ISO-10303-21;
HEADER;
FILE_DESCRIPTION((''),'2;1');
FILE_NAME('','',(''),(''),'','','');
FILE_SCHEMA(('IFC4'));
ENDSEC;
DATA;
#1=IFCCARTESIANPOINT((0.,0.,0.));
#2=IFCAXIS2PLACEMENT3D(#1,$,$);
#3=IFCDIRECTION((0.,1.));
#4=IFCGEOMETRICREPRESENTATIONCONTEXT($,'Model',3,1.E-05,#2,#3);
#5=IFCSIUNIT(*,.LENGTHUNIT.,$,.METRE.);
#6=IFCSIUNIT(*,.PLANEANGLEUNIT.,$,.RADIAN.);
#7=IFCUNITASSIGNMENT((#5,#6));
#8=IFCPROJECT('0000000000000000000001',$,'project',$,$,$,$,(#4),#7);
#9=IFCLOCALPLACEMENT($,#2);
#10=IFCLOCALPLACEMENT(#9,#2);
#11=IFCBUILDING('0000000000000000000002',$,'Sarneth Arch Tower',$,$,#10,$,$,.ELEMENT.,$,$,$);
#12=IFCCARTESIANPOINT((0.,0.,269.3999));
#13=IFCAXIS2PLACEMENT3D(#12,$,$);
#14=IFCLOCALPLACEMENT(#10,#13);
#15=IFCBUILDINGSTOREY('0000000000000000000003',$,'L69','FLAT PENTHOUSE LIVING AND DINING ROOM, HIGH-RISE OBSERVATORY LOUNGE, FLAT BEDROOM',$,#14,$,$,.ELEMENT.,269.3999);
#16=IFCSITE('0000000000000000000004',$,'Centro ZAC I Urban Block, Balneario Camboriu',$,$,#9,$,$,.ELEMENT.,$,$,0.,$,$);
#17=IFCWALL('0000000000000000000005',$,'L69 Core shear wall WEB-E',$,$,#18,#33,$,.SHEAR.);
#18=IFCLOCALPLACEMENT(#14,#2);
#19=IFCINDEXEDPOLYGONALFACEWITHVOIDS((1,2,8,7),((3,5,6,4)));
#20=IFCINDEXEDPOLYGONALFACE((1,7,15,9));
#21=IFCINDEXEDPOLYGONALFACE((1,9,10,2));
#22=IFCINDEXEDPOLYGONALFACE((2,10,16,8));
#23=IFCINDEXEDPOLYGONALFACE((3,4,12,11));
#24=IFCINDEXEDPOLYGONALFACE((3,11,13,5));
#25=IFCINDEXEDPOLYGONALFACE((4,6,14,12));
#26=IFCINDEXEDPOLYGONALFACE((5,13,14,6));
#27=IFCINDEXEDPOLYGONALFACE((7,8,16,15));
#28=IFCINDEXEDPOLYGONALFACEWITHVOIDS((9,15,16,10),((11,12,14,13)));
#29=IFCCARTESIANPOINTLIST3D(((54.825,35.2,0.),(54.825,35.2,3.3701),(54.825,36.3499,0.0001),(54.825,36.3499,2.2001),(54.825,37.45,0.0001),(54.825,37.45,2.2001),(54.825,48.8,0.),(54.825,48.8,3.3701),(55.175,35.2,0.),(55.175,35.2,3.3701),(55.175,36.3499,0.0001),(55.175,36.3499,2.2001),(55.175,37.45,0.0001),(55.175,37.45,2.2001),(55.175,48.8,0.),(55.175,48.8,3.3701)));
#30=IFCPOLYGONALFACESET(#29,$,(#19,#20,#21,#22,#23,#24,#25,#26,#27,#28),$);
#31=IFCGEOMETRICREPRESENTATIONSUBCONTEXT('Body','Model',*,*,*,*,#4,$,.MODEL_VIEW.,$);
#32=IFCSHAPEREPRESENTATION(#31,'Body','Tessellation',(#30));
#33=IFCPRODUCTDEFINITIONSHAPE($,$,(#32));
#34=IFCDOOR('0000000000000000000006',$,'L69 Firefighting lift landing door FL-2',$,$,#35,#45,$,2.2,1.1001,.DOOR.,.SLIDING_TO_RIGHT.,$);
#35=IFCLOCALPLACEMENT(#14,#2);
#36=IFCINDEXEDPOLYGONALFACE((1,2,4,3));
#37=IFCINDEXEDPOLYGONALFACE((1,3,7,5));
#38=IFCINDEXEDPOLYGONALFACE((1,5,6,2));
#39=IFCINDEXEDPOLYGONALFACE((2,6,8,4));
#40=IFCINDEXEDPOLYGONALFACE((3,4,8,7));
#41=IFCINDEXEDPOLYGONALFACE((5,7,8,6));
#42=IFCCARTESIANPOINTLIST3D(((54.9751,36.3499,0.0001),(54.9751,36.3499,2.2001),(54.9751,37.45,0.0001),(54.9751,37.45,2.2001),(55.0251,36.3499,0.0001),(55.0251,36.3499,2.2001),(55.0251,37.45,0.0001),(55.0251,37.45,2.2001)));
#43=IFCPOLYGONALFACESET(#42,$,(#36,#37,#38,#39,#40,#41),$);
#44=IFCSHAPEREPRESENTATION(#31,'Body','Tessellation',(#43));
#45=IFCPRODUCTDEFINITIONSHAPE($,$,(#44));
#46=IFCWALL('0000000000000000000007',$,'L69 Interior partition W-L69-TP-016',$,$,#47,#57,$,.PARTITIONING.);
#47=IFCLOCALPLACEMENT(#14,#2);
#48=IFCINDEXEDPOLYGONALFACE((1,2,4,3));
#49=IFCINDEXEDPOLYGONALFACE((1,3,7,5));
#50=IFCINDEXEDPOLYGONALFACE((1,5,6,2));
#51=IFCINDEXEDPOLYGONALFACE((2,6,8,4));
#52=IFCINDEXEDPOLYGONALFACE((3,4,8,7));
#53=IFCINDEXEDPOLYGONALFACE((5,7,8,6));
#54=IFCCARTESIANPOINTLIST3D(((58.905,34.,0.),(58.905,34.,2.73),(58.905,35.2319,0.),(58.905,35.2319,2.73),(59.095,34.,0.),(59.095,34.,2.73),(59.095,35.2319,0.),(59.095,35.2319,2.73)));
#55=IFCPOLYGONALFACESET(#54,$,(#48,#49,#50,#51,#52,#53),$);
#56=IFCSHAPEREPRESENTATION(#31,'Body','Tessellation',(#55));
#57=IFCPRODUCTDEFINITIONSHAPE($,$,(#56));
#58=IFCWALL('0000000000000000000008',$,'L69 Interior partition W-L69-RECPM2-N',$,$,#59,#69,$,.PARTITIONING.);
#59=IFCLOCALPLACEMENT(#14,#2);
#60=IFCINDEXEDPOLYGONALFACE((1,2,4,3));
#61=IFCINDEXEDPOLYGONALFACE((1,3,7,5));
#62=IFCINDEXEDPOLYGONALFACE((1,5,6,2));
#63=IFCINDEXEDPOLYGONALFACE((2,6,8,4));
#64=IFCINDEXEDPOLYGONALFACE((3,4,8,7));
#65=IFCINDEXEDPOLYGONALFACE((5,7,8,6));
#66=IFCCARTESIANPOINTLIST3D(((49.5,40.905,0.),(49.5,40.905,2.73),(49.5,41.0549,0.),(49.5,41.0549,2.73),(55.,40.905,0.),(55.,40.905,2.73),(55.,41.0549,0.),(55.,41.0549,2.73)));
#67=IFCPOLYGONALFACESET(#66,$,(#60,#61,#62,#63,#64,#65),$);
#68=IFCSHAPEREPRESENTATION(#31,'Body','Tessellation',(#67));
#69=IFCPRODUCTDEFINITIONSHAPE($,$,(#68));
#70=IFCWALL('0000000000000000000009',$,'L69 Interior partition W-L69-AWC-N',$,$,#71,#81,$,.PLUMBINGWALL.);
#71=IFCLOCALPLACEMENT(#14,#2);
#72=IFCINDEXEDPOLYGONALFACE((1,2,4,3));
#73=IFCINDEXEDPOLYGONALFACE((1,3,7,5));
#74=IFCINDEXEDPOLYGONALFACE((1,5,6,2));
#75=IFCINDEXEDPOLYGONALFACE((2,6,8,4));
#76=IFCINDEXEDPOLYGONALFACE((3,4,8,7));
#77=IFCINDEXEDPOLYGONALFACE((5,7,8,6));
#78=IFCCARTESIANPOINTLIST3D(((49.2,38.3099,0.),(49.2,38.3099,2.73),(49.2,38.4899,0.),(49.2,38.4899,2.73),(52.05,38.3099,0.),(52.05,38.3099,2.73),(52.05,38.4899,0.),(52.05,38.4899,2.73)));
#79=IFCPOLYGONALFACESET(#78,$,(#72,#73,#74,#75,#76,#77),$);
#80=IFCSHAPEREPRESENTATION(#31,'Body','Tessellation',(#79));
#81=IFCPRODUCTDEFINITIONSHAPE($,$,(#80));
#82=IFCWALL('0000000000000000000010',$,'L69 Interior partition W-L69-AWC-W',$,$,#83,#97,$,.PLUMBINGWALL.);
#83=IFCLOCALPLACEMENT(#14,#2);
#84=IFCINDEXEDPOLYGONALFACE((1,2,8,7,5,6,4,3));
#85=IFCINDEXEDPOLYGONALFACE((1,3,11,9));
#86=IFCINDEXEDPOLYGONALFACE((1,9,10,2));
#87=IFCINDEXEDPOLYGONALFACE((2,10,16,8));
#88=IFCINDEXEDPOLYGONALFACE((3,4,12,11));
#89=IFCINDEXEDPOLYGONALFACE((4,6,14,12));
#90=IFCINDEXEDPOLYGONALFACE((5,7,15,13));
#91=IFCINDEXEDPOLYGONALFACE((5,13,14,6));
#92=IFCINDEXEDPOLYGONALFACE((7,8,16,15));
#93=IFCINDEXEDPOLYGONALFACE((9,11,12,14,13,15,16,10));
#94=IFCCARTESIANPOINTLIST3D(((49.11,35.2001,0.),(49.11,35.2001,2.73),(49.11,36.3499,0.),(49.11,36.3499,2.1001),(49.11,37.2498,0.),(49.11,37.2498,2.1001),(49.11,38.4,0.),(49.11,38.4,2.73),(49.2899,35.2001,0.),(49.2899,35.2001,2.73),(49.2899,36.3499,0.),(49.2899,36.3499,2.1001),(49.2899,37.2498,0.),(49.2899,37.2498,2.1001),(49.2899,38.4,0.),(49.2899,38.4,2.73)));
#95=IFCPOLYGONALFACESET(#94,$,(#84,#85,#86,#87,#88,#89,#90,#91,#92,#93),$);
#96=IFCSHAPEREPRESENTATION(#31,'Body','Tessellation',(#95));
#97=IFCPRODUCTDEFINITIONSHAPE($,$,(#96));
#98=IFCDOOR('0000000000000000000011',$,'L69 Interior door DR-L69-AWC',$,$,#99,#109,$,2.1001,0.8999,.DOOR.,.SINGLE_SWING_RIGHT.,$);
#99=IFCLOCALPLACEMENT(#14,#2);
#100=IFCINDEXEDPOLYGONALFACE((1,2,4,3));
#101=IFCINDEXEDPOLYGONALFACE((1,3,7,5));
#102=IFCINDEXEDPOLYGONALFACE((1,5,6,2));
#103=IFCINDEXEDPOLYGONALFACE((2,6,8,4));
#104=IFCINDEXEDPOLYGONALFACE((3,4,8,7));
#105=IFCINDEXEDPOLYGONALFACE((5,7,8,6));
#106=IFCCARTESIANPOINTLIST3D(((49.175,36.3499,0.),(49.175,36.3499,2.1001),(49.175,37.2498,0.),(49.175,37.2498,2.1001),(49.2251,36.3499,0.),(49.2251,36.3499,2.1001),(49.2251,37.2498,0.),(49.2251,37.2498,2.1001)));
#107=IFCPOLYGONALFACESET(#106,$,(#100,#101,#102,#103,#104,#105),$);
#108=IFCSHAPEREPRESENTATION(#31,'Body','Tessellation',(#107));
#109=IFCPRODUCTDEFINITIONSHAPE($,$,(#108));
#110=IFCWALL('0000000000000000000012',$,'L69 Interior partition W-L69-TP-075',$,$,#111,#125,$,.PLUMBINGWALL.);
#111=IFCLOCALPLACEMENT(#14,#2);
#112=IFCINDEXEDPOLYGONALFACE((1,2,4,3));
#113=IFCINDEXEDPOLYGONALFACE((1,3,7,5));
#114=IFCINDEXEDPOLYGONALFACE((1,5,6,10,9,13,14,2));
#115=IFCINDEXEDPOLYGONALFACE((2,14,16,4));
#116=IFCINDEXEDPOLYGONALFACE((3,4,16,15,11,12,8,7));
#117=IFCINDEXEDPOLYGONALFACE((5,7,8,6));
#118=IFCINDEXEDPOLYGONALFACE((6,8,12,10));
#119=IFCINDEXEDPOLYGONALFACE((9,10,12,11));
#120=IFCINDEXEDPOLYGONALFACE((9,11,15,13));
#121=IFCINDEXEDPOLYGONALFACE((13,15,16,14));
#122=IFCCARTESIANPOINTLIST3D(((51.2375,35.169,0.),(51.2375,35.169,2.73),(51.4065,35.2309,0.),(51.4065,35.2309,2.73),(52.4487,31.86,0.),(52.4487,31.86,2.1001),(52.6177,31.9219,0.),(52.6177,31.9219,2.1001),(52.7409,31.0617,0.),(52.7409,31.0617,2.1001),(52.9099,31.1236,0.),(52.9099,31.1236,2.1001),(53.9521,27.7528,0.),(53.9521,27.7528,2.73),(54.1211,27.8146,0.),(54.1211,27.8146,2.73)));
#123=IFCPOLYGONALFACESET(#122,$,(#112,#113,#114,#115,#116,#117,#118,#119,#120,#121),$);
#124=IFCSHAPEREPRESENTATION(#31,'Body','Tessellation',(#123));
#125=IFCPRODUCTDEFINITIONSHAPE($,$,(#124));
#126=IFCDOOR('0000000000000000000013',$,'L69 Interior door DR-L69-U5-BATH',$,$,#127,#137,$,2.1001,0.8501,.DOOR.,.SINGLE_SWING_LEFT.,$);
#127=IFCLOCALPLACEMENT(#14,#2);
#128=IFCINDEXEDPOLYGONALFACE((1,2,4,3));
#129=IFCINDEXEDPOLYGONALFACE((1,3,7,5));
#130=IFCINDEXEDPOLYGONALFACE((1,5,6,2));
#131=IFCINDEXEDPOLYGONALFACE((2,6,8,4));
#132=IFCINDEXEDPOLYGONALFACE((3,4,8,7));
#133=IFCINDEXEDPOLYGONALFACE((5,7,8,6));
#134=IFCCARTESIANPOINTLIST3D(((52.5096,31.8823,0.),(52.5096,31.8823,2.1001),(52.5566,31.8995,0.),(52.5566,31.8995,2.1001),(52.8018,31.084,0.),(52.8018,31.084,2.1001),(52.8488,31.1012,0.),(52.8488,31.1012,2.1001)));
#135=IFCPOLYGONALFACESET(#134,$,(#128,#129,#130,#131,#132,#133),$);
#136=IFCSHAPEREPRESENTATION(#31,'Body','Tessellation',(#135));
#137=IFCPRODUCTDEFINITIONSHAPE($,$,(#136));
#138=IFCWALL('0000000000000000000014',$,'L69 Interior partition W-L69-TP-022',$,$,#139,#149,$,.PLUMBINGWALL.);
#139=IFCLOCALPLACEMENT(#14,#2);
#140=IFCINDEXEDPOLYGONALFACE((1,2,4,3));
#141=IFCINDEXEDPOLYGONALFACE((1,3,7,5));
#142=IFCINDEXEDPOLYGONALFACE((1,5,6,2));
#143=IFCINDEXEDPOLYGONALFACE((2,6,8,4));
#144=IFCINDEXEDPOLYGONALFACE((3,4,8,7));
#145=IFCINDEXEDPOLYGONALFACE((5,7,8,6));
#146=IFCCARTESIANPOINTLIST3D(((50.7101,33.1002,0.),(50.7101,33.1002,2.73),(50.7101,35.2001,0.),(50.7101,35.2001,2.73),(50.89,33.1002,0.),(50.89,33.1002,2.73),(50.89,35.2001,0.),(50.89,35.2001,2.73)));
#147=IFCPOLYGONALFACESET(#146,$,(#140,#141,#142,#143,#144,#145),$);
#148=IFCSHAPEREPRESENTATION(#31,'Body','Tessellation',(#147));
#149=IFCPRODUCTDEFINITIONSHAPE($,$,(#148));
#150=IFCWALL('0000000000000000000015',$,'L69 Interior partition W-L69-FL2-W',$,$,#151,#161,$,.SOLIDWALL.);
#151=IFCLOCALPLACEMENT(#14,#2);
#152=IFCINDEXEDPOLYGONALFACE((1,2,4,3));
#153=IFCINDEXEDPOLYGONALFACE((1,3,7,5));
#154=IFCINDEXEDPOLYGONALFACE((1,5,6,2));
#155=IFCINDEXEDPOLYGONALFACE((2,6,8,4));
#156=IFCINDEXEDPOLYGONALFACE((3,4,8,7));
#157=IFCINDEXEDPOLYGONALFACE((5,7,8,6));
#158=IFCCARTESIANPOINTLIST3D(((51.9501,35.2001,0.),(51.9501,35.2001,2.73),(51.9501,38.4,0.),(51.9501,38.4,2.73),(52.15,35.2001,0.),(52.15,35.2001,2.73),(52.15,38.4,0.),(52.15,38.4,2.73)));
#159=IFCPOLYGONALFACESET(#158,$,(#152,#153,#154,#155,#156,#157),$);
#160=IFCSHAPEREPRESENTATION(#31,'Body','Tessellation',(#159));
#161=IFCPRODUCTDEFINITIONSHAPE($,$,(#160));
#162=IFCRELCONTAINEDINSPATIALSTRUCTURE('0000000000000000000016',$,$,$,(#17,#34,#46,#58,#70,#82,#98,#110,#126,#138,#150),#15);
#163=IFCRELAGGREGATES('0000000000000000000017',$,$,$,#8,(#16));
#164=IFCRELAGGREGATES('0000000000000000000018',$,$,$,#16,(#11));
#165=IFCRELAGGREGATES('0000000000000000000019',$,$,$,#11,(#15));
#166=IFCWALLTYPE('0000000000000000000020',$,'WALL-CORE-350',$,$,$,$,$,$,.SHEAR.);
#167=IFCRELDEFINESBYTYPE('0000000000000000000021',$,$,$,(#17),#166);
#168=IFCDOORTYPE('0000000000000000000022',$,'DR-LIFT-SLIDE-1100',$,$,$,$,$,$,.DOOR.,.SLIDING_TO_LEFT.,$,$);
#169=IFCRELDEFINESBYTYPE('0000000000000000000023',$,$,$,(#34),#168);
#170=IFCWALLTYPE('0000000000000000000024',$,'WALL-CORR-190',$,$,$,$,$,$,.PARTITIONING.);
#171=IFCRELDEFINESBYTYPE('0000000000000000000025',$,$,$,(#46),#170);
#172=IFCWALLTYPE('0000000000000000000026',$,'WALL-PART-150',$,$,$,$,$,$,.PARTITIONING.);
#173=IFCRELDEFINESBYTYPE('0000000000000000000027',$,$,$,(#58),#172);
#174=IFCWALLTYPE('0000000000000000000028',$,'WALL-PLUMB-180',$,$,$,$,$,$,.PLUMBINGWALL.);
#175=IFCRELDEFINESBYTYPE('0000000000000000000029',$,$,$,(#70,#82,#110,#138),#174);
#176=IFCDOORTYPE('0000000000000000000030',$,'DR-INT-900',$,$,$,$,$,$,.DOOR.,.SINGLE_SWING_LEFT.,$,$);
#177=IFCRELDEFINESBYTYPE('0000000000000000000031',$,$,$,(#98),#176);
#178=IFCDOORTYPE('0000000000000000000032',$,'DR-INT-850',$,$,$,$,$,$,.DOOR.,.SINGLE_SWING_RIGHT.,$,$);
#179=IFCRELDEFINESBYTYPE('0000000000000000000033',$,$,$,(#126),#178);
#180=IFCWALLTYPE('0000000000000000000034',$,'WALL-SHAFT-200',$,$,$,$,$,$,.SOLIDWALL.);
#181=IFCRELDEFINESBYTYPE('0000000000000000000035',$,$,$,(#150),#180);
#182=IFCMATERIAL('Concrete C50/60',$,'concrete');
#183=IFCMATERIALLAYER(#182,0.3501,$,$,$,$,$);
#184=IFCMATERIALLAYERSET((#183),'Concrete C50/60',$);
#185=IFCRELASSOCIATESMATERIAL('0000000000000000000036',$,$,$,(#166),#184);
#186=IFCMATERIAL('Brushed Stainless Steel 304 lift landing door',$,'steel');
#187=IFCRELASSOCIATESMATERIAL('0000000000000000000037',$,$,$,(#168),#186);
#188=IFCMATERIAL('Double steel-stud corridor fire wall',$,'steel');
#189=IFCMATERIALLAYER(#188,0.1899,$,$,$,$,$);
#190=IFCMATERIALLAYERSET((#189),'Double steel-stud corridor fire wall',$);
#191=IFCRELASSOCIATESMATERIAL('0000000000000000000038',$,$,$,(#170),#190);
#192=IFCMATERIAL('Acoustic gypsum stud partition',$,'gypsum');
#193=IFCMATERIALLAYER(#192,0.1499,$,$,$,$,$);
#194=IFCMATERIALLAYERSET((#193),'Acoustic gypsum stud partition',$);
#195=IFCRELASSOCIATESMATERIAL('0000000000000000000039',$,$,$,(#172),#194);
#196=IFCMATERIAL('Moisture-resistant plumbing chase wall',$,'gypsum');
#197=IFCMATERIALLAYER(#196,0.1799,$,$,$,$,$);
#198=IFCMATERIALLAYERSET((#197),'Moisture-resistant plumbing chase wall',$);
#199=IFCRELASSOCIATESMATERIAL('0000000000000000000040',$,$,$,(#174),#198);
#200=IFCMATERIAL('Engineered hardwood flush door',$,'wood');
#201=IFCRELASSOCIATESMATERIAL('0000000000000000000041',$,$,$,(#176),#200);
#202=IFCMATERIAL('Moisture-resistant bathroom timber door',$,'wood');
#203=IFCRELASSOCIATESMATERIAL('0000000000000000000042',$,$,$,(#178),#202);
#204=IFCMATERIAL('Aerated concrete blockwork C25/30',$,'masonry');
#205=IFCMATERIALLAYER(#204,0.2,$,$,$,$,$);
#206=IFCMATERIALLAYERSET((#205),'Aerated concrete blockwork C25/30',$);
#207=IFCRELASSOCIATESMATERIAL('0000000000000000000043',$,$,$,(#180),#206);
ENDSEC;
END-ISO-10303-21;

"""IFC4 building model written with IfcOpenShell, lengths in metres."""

from ifc_helpers import new_model, si_unit, direction, frame, frame_2d, origin, place, context, subcontext, project, spatial, rectangle, extrude, material, layer, layer_set, type_object, element, fill, save


model = new_model("IFC4")

# Units and contexts
model_context = context("Model", 3, precision=1e-05, world=origin(), true_north=direction((0.0, 1.0)))
body_context = subcontext(model_context, "Body", "Model", "MODEL_VIEW")
ifc_project = project(units=[si_unit("LENGTHUNIT", "METRE"), si_unit("PLANEANGLEUNIT", "RADIAN")], contexts=[model_context])

# Site, building, storey
site_placement = place(None, origin())
site = spatial("IfcSite", under=ifc_project, at=site_placement, Name="Centro ZAC I Urban Block, Balneario Camboriu", CompositionType="ELEMENT", RefElevation=0.0)
building_placement = place(site_placement, origin())
building = spatial("IfcBuilding", under=site, at=building_placement, Name="Sarneth Arch Tower", CompositionType="ELEMENT")
storey_placement = place(building_placement, frame((0.0, 0.0, 269.3999)))
storey = spatial("IfcBuildingStorey", under=building, at=storey_placement, Name="L69", Description="FLAT PENTHOUSE LIVING AND DINING ROOM, HIGH-RISE OBSERVATORY LOUNGE, FLAT BEDROOM", CompositionType="ELEMENT", Elevation=269.3999)

# Shared definitions
ifc_material_1 = material(Name="Concrete C50/60", Category="concrete")
ifc_layer_1 = layer(ifc_material_1, 0.3501)
ifc_layer_set_1 = layer_set([ifc_layer_1], Name="Concrete C50/60")
wall_type_1 = type_object("IfcWallType", Name="WALL-CORE-350", PredefinedType="SHEAR", material=ifc_layer_set_1)

# Wall, opening, door
wall_1_placement = place(storey_placement, frame((55.0, 35.2, 0.0), z_axis=(0.0, 0.0, 1.0), x_axis=(0.0, 1.0, 0.0)))
wall_1 = element("IfcWall", 1, at=wall_1_placement, inside=storey, type_object=wall_type_1, Name="L69 Core shear wall WEB-E", PredefinedType="SHEAR", context=body_context, shape_type="SweptSolid", body=[
    extrude(rectangle(XDim=13.6001, YDim=0.3501, at=frame_2d((6.8, 0.0))), origin(), (0.0, 0.0, 1.0), 3.3701),
])
opening_1_placement = place(wall_1_placement, frame((1.1499, 0.0, 0.0)))
opening_1 = element("IfcOpeningElement", 2, at=opening_1_placement, cuts=wall_1, PredefinedType="OPENING", context=body_context, shape_type="SweptSolid", body=[
    extrude(rectangle(XDim=1.1001, YDim=2.2, at=frame_2d((0.55, 1.1001))), frame((0.0, 0.1851, 0.0), z_axis=(0.0, -1.0, 0.0), x_axis=(1.0, 0.0, 0.0)), (0.0, 0.0, 1.0), 0.3701),
])
ifc_material_2 = material(Name="Brushed Stainless Steel 304 lift landing door", Category="steel")
door_type_1 = type_object("IfcDoorType", Name="DR-LIFT-SLIDE-1100", OperationType="SLIDING_TO_LEFT", PredefinedType="DOOR", material=ifc_material_2)
door_1_placement = place(opening_1_placement, origin())
door_1 = element("IfcDoor", 3, at=door_1_placement, inside=storey, type_object=door_type_1, Name="L69 Firefighting lift landing door FL-2", OperationType="SLIDING_TO_RIGHT", OverallHeight=2.2, OverallWidth=1.1001, PredefinedType="DOOR", context=body_context, shape_type="SweptSolid", body=[
    extrude(rectangle(XDim=1.1001, YDim=2.2, at=frame_2d((0.55, 1.1001))), frame((0.0, 0.0249, 0.0), z_axis=(0.0, -1.0, 0.0), x_axis=(1.0, 0.0, 0.0)), (0.0, 0.0, 1.0), 0.05),
])
fill(opening_1, door_1)

# Walls
ifc_material_3 = material(Name="Double steel-stud corridor fire wall", Category="steel")
ifc_layer_2 = layer(ifc_material_3, 0.1899)
ifc_layer_set_2 = layer_set([ifc_layer_2], Name="Double steel-stud corridor fire wall")
wall_type_2 = type_object("IfcWallType", Name="WALL-CORR-190", PredefinedType="PARTITIONING", material=ifc_layer_set_2)
wall_2_placement = place(storey_placement, frame((59.0, 34.0, 0.0), z_axis=(0.0, 0.0, 1.0), x_axis=(0.0, 1.0, 0.0)))
element("IfcWall", 4, at=wall_2_placement, inside=storey, type_object=wall_type_2, Name="L69 Interior partition W-L69-TP-016", PredefinedType="PARTITIONING", context=body_context, shape_type="SweptSolid", body=[
    extrude(rectangle(XDim=1.2319, YDim=0.1899, at=frame_2d((0.616, 0.0))), origin(), (0.0, 0.0, 1.0), 2.73),
])
ifc_material_4 = material(Name="Acoustic gypsum stud partition", Category="gypsum")
ifc_layer_3 = layer(ifc_material_4, 0.1499)
ifc_layer_set_3 = layer_set([ifc_layer_3], Name="Acoustic gypsum stud partition")
wall_type_3 = type_object("IfcWallType", Name="WALL-PART-150", PredefinedType="PARTITIONING", material=ifc_layer_set_3)
wall_3_placement = place(storey_placement, frame((49.5, 40.98, 0.0), z_axis=(0.0, 0.0, 1.0), x_axis=(1.0, 0.0, 0.0)))
element("IfcWall", 5, at=wall_3_placement, inside=storey, type_object=wall_type_3, Name="L69 Interior partition W-L69-RECPM2-N", PredefinedType="PARTITIONING", context=body_context, shape_type="SweptSolid", body=[
    extrude(rectangle(XDim=5.5, YDim=0.1499, at=frame_2d((2.75, 0.0))), origin(), (0.0, 0.0, 1.0), 2.73),
])

# Wall
ifc_material_5 = material(Name="Moisture-resistant plumbing chase wall", Category="gypsum")
ifc_layer_4 = layer(ifc_material_5, 0.1799)
ifc_layer_set_4 = layer_set([ifc_layer_4], Name="Moisture-resistant plumbing chase wall")
wall_type_4 = type_object("IfcWallType", Name="WALL-PLUMB-180", PredefinedType="PLUMBINGWALL", material=ifc_layer_set_4)
wall_4_placement = place(storey_placement, frame((49.2, 38.3999, 0.0), z_axis=(0.0, 0.0, 1.0), x_axis=(1.0, 0.0, 0.0)))
element("IfcWall", 6, at=wall_4_placement, inside=storey, type_object=wall_type_4, Name="L69 Interior partition W-L69-AWC-N", PredefinedType="PLUMBINGWALL", context=body_context, shape_type="SweptSolid", body=[
    extrude(rectangle(XDim=2.8501, YDim=0.1799, at=frame_2d((1.425, 0.0))), origin(), (0.0, 0.0, 1.0), 2.73),
])

# Walls, openings, doors
wall_5_placement = place(storey_placement, frame((49.2, 35.2, 0.0), z_axis=(0.0, 0.0, 1.0), x_axis=(0.0, 1.0, 0.0)))
wall_5 = element("IfcWall", 7, at=wall_5_placement, inside=storey, type_object=wall_type_4, Name="L69 Interior partition W-L69-AWC-W", PredefinedType="PLUMBINGWALL", context=body_context, shape_type="SweptSolid", body=[
    extrude(rectangle(XDim=3.2, YDim=0.1799, at=frame_2d((1.6001, 0.0))), origin(), (0.0, 0.0, 1.0), 2.73),
])
opening_2_placement = place(wall_5_placement, frame((1.1499, 0.0, 0.0)))
opening_2 = element("IfcOpeningElement", 8, at=opening_2_placement, cuts=wall_5, PredefinedType="OPENING", context=body_context, shape_type="SweptSolid", body=[
    extrude(rectangle(XDim=0.8999, YDim=2.1001, at=frame_2d((0.45, 1.05))), frame((0.0, 0.0999, 0.0), z_axis=(0.0, -1.0, 0.0), x_axis=(1.0, 0.0, 0.0)), (0.0, 0.0, 1.0), 0.2),
])
ifc_material_6 = material(Name="Engineered hardwood flush door", Category="wood")
door_type_2 = type_object("IfcDoorType", Name="DR-INT-900", OperationType="SINGLE_SWING_LEFT", PredefinedType="DOOR", material=ifc_material_6)
door_2_placement = place(opening_2_placement, origin())
door_2 = element("IfcDoor", 9, at=door_2_placement, inside=storey, type_object=door_type_2, Name="L69 Interior door DR-L69-AWC", OperationType="SINGLE_SWING_RIGHT", OverallHeight=2.1001, OverallWidth=0.8999, PredefinedType="DOOR", context=body_context, shape_type="SweptSolid", body=[
    extrude(rectangle(XDim=0.8999, YDim=2.1001, at=frame_2d((0.45, 1.05))), frame((0.0, 0.0249, 0.0), z_axis=(0.0, -1.0, 0.0), x_axis=(1.0, 0.0, 0.0)), (0.0, 0.0, 1.0), 0.05),
])
fill(opening_2, door_2)
wall_6_placement = place(storey_placement, frame((51.322, 35.2, 0.0), z_axis=(0.0, 0.0, 1.0), x_axis=(0.34373, -0.939068, 0.0)))
wall_6 = element("IfcWall", 10, at=wall_6_placement, inside=storey, type_object=wall_type_4, Name="L69 Interior partition W-L69-TP-075", PredefinedType="PLUMBINGWALL", context=body_context, shape_type="SweptSolid", body=[
    extrude(rectangle(XDim=7.8975, YDim=0.1799, at=frame_2d((3.9487, 0.0))), origin(), (0.0, 0.0, 1.0), 2.73),
])
opening_3_placement = place(wall_6_placement, frame((3.5237, 0.0, 0.0)))
opening_3 = element("IfcOpeningElement", 11, at=opening_3_placement, cuts=wall_6, PredefinedType="OPENING", context=body_context, shape_type="SweptSolid", body=[
    extrude(rectangle(XDim=0.8501, YDim=2.1001, at=frame_2d((0.425, 1.05))), frame((0.0, 0.0999, 0.0), z_axis=(0.0, -1.0, 0.0), x_axis=(1.0, 0.0, 0.0)), (0.0, 0.0, 1.0), 0.2),
])
ifc_material_7 = material(Name="Moisture-resistant bathroom timber door", Category="wood")
door_type_3 = type_object("IfcDoorType", Name="DR-INT-850", OperationType="SINGLE_SWING_RIGHT", PredefinedType="DOOR", material=ifc_material_7)
door_3_placement = place(opening_3_placement, origin())
door_3 = element("IfcDoor", 12, at=door_3_placement, inside=storey, type_object=door_type_3, Name="L69 Interior door DR-L69-U5-BATH", OperationType="SINGLE_SWING_LEFT", OverallHeight=2.1001, OverallWidth=0.8501, PredefinedType="DOOR", context=body_context, shape_type="SweptSolid", body=[
    extrude(rectangle(XDim=0.8501, YDim=2.1001, at=frame_2d((0.425, 1.05))), frame((0.0, 0.0249, 0.0), z_axis=(0.0, -1.0, 0.0), x_axis=(1.0, 0.0, 0.0)), (0.0, 0.0, 1.0), 0.05),
])
fill(opening_3, door_3)

# Wall
wall_7_placement = place(storey_placement, frame((50.8, 35.2, 0.0), z_axis=(0.0, 0.0, 1.0), x_axis=(0.0, -1.0, 0.0)))
element("IfcWall", 13, at=wall_7_placement, inside=storey, type_object=wall_type_4, Name="L69 Interior partition W-L69-TP-022", PredefinedType="PLUMBINGWALL", context=body_context, shape_type="SweptSolid", body=[
    extrude(rectangle(XDim=2.0999, YDim=0.1799, at=frame_2d((1.0498, 0.0))), origin(), (0.0, 0.0, 1.0), 2.73),
])

# Shared definitions
ifc_material_8 = material(Name="Aerated concrete blockwork C25/30", Category="masonry")
ifc_layer_5 = layer(ifc_material_8, 0.2)
ifc_layer_set_5 = layer_set([ifc_layer_5], Name="Aerated concrete blockwork C25/30")
wall_type_5 = type_object("IfcWallType", Name="WALL-SHAFT-200", PredefinedType="SOLIDWALL", material=ifc_layer_set_5)

# Wall
wall_8_placement = place(storey_placement, frame((52.05, 35.2, 0.0), z_axis=(0.0, 0.0, 1.0), x_axis=(0.0, 1.0, 0.0)))
element("IfcWall", 14, at=wall_8_placement, inside=storey, type_object=wall_type_5, Name="L69 Interior partition W-L69-FL2-W", PredefinedType="SOLIDWALL", context=body_context, shape_type="SweptSolid", body=[
    extrude(rectangle(XDim=3.2, YDim=0.2, at=frame_2d((1.6001, 0.0))), origin(), (0.0, 0.0, 1.0), 2.73),
])

save(model, "model.ifc")
